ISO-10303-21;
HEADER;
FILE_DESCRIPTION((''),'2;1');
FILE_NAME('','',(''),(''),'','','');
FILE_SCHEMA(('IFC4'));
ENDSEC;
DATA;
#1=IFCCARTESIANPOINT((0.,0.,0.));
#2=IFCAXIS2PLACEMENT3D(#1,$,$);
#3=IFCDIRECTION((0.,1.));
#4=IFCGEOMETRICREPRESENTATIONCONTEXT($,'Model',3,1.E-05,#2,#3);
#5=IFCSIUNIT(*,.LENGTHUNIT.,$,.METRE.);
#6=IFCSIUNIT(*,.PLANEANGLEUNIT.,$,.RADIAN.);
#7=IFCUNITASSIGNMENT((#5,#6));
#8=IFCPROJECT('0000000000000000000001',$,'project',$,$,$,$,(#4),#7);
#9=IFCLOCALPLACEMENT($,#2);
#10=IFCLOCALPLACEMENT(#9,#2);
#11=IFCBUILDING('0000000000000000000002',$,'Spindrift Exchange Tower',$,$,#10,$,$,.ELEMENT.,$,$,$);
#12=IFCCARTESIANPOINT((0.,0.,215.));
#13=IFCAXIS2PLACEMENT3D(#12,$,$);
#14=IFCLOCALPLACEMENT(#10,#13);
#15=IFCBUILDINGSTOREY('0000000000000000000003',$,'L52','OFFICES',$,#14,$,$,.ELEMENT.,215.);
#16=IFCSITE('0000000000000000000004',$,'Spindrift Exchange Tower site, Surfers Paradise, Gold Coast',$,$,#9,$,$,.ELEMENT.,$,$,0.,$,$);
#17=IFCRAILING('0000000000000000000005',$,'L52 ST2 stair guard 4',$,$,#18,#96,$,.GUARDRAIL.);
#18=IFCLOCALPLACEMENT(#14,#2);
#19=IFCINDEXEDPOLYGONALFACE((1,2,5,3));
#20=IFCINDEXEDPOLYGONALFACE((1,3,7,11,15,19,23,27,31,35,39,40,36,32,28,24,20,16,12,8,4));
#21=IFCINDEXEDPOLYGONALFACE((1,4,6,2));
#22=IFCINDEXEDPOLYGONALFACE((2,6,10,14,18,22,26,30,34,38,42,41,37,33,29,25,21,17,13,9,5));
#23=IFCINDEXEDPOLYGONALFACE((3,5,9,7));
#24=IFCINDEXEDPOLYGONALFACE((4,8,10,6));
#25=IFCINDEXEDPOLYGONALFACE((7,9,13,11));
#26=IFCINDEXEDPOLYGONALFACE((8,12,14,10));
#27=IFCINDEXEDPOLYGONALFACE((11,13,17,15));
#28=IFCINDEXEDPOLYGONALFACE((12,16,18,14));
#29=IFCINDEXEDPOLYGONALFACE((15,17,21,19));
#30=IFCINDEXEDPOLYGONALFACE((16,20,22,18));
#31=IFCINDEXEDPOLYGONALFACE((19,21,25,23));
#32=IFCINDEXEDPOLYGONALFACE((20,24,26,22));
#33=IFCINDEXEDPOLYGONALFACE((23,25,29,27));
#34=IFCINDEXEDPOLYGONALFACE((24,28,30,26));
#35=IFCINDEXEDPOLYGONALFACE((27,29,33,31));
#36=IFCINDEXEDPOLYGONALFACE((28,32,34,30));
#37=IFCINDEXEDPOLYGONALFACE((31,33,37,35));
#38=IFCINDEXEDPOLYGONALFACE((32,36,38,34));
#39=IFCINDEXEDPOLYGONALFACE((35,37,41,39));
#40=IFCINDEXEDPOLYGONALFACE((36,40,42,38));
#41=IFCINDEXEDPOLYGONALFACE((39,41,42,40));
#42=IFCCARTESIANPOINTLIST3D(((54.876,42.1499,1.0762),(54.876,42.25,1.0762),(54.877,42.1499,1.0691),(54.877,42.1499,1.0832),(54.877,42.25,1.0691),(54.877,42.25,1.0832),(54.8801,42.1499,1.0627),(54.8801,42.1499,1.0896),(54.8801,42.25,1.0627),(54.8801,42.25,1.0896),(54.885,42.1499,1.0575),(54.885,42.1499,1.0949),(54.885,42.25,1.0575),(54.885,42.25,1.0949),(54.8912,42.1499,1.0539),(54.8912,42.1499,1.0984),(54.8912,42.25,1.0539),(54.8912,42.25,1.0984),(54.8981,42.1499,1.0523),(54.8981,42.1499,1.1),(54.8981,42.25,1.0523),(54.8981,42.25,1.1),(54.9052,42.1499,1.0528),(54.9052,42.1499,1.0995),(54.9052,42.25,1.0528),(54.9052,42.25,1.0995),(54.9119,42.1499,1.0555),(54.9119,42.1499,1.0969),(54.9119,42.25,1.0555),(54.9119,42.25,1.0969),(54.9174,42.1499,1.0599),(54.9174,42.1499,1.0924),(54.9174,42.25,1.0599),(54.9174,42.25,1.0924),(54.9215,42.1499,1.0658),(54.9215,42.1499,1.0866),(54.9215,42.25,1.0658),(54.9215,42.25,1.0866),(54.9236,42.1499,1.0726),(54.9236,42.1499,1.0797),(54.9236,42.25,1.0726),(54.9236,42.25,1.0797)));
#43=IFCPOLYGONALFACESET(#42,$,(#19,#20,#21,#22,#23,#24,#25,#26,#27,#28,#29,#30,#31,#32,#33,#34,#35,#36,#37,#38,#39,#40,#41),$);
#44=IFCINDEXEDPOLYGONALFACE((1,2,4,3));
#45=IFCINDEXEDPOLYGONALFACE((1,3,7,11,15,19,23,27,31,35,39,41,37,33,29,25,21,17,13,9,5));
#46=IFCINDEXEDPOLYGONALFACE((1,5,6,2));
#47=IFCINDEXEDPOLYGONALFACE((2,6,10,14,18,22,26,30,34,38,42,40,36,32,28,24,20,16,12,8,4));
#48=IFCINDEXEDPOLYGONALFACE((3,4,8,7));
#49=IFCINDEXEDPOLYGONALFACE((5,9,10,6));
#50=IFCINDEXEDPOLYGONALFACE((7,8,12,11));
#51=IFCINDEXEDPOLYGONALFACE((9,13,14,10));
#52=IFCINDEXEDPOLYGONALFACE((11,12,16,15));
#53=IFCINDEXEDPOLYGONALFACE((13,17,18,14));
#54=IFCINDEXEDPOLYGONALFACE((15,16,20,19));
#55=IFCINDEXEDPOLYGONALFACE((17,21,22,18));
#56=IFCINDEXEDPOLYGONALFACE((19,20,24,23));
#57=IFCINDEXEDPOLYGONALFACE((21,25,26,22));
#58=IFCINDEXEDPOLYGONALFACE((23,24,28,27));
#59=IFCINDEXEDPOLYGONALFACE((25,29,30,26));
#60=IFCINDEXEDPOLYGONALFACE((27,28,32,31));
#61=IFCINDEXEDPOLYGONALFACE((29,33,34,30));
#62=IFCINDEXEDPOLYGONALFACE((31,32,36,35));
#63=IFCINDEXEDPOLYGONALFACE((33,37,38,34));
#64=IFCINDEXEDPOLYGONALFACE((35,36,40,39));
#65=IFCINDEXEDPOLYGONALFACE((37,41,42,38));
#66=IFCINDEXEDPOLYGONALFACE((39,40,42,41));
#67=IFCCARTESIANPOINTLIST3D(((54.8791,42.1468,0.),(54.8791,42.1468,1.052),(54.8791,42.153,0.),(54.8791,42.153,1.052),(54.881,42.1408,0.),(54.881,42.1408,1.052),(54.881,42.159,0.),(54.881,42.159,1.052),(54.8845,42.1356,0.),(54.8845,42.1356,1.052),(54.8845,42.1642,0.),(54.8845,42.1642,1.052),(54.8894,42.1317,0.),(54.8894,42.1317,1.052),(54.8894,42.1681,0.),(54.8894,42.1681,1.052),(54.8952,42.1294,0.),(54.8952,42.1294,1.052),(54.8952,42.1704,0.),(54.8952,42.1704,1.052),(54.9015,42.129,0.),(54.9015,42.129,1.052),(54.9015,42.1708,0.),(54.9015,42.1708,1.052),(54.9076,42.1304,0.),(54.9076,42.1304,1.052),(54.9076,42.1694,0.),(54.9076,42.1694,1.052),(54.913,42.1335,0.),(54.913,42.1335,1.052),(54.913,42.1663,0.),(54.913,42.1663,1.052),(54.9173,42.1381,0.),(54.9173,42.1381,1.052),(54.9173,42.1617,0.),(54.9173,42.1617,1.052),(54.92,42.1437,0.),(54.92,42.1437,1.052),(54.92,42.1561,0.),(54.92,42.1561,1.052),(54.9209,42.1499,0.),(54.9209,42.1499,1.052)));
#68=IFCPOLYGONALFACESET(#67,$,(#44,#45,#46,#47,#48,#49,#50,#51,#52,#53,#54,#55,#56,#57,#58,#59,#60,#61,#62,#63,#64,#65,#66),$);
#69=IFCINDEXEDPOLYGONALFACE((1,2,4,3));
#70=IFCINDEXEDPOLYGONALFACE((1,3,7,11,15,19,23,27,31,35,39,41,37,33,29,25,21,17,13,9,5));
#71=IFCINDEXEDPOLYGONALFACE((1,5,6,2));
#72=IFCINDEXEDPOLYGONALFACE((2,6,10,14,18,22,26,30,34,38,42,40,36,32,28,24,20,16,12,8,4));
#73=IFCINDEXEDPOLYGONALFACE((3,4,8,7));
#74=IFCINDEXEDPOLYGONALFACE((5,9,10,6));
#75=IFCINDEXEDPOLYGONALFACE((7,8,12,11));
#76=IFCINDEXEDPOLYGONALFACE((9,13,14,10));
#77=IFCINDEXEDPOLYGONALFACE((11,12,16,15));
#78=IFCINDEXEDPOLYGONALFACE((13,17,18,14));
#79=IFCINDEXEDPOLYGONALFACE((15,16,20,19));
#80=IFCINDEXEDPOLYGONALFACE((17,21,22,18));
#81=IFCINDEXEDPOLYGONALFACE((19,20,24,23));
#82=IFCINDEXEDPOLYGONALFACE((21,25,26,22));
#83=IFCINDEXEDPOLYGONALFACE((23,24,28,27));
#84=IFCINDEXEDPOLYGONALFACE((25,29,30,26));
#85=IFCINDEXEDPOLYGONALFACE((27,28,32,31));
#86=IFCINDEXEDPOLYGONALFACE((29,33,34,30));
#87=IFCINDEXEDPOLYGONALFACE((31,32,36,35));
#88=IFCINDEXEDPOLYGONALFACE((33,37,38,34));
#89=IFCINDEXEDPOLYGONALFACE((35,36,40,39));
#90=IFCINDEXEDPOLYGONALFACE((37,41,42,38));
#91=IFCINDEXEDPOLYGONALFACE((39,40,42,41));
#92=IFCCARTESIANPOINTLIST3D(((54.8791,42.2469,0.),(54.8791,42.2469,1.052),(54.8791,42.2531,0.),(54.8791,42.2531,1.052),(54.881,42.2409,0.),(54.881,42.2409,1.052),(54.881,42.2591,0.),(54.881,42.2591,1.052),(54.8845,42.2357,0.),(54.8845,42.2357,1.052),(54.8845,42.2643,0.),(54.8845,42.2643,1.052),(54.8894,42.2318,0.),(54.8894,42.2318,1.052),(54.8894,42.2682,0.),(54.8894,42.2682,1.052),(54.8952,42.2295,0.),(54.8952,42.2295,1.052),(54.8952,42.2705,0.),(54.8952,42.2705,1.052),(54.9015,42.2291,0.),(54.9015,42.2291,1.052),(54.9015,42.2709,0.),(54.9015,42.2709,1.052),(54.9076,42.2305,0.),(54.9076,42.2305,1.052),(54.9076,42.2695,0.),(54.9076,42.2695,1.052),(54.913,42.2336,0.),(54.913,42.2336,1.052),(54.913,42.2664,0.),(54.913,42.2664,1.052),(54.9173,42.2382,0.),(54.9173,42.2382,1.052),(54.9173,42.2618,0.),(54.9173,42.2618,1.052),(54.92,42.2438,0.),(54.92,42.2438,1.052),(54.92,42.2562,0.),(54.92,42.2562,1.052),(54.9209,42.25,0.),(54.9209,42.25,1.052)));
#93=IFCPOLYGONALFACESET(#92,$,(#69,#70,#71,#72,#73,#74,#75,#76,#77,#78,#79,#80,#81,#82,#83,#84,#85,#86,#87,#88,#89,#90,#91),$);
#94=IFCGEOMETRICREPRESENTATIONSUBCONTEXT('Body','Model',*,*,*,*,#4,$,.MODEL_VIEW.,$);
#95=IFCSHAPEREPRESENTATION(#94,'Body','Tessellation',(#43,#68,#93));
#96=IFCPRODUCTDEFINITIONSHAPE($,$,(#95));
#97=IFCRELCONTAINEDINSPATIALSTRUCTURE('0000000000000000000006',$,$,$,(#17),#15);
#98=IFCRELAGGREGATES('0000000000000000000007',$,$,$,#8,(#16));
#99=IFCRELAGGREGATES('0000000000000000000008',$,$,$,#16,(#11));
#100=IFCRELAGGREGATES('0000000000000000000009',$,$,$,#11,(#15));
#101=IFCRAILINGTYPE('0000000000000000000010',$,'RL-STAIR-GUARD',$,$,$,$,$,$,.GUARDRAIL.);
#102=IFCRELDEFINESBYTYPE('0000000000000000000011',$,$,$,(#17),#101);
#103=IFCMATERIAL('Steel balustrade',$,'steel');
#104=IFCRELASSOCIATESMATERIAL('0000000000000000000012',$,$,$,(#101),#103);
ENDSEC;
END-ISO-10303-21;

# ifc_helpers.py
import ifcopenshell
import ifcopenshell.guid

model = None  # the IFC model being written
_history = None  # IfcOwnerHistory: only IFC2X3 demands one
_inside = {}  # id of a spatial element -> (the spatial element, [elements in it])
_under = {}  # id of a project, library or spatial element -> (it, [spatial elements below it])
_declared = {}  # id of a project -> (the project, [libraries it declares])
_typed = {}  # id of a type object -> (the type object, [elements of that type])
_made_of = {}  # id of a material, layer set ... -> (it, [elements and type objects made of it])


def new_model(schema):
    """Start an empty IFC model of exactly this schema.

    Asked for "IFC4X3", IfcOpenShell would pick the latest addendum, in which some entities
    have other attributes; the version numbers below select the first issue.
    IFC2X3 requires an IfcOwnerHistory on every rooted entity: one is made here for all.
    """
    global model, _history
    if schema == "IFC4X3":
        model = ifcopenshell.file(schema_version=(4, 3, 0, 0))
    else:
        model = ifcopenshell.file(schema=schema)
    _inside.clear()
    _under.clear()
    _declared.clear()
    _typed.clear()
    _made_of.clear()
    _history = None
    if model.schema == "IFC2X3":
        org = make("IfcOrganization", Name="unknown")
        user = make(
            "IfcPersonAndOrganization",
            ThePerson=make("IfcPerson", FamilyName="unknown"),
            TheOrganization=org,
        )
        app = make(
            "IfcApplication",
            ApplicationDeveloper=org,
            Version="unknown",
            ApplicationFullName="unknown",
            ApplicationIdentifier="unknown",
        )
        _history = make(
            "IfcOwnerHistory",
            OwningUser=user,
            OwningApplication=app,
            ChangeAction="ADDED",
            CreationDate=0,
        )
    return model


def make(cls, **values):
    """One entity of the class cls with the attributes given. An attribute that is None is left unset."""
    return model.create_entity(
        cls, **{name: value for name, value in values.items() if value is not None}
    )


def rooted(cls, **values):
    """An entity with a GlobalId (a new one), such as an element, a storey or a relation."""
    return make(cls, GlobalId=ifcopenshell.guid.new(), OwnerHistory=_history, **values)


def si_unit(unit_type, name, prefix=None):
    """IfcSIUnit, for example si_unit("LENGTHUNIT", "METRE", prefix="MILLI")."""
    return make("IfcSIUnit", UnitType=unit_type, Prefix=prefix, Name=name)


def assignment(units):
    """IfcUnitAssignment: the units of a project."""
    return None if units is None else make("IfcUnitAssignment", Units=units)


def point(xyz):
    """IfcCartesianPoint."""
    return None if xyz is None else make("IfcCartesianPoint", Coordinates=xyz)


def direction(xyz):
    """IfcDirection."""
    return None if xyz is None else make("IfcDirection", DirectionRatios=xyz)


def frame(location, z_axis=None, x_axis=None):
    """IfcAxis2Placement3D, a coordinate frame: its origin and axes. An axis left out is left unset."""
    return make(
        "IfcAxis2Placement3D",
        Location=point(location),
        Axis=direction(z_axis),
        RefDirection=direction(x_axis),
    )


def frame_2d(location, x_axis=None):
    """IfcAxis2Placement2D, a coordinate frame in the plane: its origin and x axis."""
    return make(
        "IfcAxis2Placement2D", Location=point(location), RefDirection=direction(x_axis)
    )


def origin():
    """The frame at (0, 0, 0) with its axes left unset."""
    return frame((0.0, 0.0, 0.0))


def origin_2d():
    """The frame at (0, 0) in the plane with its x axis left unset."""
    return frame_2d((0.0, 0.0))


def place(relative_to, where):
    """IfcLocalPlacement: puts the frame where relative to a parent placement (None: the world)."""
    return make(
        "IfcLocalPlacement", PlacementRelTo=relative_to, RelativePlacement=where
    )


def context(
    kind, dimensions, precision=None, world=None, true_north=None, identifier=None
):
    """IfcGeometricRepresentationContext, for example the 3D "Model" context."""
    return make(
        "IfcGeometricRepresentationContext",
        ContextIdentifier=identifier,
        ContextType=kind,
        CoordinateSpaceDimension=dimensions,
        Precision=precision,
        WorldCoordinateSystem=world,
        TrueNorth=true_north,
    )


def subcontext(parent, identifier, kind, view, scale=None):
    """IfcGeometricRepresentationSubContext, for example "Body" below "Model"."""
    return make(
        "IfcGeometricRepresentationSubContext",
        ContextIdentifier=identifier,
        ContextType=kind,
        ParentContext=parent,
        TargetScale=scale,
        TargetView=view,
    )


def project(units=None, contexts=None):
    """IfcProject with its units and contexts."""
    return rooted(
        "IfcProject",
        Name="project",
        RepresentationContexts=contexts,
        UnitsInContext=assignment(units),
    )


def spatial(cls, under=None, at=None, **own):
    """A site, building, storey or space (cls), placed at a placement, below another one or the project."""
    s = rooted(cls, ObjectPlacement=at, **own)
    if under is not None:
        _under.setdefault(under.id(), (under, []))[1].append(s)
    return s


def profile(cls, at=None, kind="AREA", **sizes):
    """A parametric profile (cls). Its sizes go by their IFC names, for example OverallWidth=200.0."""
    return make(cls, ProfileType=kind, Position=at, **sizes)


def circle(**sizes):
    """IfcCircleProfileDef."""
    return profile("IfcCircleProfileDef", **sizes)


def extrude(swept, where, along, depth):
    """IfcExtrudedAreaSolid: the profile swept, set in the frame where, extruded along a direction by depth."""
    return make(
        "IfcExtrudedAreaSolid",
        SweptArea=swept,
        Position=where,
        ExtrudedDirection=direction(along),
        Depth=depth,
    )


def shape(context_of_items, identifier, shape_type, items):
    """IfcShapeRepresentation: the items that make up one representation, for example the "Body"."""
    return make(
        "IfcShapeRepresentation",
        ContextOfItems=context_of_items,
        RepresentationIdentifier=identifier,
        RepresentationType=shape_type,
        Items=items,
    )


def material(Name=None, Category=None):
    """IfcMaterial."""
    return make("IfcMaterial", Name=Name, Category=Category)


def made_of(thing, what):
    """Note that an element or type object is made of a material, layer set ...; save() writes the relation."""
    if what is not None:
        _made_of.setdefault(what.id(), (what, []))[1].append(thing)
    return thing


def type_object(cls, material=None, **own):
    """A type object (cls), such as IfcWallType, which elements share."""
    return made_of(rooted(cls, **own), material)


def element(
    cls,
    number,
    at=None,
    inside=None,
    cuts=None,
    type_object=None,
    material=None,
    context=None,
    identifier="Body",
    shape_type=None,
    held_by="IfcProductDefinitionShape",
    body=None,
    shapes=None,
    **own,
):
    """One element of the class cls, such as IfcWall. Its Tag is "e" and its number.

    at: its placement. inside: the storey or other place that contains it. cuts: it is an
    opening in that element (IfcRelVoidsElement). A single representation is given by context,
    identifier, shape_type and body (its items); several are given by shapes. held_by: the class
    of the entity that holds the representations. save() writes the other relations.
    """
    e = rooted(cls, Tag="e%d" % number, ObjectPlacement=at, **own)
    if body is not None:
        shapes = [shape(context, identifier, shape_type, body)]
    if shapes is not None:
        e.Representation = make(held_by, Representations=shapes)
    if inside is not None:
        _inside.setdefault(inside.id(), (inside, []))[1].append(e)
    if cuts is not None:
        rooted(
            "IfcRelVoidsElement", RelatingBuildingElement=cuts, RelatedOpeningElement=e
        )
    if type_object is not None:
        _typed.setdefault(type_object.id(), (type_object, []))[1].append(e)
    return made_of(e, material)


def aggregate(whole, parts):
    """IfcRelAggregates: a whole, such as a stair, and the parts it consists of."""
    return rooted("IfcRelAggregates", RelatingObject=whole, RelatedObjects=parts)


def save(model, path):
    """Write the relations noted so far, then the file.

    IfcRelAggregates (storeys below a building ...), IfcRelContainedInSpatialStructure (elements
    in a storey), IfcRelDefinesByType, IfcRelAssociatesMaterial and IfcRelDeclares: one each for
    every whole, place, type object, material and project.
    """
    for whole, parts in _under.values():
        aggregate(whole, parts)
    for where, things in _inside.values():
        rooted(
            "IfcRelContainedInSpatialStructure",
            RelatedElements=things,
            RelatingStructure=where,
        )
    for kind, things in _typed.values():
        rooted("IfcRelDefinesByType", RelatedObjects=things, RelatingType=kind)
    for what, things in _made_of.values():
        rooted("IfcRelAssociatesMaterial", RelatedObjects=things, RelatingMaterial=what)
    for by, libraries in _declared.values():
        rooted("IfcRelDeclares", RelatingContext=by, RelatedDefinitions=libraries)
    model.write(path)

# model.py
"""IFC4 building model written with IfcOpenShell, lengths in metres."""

from ifc_helpers import new_model, si_unit, direction, frame, origin, origin_2d, place, context, subcontext, project, spatial, circle, extrude, material, type_object, element, save


model = new_model("IFC4")

# Units and contexts
model_context = context("Model", 3, precision=1e-05, world=origin(), true_north=direction((0.0, 1.0)))
body_context = subcontext(model_context, "Body", "Model", "MODEL_VIEW")
ifc_project = project(units=[si_unit("LENGTHUNIT", "METRE"), si_unit("PLANEANGLEUNIT", "RADIAN")], contexts=[model_context])

# Site, building, storey
site_placement = place(None, origin())
site = spatial("IfcSite", under=ifc_project, at=site_placement, Name="Spindrift Exchange Tower site, Surfers Paradise, Gold Coast", CompositionType="ELEMENT", RefElevation=0.0)
building_placement = place(site_placement, origin())
building = spatial("IfcBuilding", under=site, at=building_placement, Name="Spindrift Exchange Tower", CompositionType="ELEMENT")
storey_placement = place(building_placement, frame((0.0, 0.0, 215.0)))
storey = spatial("IfcBuildingStorey", under=building, at=storey_placement, Name="L52", Description="OFFICES", CompositionType="ELEMENT", Elevation=215.0)

# Railing
ifc_material_1 = material(Name="Steel balustrade", Category="steel")
railing_type_1 = type_object("IfcRailingType", Name="RL-STAIR-GUARD", PredefinedType="GUARDRAIL", material=ifc_material_1)
railing_1_placement = place(storey_placement, frame((54.8999, 42.1499, 0.0)))
element("IfcRailing", 1, at=railing_1_placement, inside=storey, type_object=railing_type_1, Name="L52 ST2 stair guard 4", PredefinedType="GUARDRAIL", context=body_context, shape_type="SweptSolid", body=[
    extrude(circle(Radius=0.0239, at=origin_2d()), frame((0.0, 0.0, 1.0762), z_axis=(0.0, 1.0, 0.0), x_axis=(-1.0, 0.0, 0.0)), (0.0, 0.0, 1.0), 0.1001),
    extrude(circle(Radius=0.021, at=origin_2d()), origin(), (0.0, 0.0, 1.0), 1.052),
    extrude(circle(Radius=0.021, at=origin_2d()), frame((0.0, 0.1001, 0.0)), (0.0, 0.0, 1.0), 1.052),
])

save(model, "model.ifc")
